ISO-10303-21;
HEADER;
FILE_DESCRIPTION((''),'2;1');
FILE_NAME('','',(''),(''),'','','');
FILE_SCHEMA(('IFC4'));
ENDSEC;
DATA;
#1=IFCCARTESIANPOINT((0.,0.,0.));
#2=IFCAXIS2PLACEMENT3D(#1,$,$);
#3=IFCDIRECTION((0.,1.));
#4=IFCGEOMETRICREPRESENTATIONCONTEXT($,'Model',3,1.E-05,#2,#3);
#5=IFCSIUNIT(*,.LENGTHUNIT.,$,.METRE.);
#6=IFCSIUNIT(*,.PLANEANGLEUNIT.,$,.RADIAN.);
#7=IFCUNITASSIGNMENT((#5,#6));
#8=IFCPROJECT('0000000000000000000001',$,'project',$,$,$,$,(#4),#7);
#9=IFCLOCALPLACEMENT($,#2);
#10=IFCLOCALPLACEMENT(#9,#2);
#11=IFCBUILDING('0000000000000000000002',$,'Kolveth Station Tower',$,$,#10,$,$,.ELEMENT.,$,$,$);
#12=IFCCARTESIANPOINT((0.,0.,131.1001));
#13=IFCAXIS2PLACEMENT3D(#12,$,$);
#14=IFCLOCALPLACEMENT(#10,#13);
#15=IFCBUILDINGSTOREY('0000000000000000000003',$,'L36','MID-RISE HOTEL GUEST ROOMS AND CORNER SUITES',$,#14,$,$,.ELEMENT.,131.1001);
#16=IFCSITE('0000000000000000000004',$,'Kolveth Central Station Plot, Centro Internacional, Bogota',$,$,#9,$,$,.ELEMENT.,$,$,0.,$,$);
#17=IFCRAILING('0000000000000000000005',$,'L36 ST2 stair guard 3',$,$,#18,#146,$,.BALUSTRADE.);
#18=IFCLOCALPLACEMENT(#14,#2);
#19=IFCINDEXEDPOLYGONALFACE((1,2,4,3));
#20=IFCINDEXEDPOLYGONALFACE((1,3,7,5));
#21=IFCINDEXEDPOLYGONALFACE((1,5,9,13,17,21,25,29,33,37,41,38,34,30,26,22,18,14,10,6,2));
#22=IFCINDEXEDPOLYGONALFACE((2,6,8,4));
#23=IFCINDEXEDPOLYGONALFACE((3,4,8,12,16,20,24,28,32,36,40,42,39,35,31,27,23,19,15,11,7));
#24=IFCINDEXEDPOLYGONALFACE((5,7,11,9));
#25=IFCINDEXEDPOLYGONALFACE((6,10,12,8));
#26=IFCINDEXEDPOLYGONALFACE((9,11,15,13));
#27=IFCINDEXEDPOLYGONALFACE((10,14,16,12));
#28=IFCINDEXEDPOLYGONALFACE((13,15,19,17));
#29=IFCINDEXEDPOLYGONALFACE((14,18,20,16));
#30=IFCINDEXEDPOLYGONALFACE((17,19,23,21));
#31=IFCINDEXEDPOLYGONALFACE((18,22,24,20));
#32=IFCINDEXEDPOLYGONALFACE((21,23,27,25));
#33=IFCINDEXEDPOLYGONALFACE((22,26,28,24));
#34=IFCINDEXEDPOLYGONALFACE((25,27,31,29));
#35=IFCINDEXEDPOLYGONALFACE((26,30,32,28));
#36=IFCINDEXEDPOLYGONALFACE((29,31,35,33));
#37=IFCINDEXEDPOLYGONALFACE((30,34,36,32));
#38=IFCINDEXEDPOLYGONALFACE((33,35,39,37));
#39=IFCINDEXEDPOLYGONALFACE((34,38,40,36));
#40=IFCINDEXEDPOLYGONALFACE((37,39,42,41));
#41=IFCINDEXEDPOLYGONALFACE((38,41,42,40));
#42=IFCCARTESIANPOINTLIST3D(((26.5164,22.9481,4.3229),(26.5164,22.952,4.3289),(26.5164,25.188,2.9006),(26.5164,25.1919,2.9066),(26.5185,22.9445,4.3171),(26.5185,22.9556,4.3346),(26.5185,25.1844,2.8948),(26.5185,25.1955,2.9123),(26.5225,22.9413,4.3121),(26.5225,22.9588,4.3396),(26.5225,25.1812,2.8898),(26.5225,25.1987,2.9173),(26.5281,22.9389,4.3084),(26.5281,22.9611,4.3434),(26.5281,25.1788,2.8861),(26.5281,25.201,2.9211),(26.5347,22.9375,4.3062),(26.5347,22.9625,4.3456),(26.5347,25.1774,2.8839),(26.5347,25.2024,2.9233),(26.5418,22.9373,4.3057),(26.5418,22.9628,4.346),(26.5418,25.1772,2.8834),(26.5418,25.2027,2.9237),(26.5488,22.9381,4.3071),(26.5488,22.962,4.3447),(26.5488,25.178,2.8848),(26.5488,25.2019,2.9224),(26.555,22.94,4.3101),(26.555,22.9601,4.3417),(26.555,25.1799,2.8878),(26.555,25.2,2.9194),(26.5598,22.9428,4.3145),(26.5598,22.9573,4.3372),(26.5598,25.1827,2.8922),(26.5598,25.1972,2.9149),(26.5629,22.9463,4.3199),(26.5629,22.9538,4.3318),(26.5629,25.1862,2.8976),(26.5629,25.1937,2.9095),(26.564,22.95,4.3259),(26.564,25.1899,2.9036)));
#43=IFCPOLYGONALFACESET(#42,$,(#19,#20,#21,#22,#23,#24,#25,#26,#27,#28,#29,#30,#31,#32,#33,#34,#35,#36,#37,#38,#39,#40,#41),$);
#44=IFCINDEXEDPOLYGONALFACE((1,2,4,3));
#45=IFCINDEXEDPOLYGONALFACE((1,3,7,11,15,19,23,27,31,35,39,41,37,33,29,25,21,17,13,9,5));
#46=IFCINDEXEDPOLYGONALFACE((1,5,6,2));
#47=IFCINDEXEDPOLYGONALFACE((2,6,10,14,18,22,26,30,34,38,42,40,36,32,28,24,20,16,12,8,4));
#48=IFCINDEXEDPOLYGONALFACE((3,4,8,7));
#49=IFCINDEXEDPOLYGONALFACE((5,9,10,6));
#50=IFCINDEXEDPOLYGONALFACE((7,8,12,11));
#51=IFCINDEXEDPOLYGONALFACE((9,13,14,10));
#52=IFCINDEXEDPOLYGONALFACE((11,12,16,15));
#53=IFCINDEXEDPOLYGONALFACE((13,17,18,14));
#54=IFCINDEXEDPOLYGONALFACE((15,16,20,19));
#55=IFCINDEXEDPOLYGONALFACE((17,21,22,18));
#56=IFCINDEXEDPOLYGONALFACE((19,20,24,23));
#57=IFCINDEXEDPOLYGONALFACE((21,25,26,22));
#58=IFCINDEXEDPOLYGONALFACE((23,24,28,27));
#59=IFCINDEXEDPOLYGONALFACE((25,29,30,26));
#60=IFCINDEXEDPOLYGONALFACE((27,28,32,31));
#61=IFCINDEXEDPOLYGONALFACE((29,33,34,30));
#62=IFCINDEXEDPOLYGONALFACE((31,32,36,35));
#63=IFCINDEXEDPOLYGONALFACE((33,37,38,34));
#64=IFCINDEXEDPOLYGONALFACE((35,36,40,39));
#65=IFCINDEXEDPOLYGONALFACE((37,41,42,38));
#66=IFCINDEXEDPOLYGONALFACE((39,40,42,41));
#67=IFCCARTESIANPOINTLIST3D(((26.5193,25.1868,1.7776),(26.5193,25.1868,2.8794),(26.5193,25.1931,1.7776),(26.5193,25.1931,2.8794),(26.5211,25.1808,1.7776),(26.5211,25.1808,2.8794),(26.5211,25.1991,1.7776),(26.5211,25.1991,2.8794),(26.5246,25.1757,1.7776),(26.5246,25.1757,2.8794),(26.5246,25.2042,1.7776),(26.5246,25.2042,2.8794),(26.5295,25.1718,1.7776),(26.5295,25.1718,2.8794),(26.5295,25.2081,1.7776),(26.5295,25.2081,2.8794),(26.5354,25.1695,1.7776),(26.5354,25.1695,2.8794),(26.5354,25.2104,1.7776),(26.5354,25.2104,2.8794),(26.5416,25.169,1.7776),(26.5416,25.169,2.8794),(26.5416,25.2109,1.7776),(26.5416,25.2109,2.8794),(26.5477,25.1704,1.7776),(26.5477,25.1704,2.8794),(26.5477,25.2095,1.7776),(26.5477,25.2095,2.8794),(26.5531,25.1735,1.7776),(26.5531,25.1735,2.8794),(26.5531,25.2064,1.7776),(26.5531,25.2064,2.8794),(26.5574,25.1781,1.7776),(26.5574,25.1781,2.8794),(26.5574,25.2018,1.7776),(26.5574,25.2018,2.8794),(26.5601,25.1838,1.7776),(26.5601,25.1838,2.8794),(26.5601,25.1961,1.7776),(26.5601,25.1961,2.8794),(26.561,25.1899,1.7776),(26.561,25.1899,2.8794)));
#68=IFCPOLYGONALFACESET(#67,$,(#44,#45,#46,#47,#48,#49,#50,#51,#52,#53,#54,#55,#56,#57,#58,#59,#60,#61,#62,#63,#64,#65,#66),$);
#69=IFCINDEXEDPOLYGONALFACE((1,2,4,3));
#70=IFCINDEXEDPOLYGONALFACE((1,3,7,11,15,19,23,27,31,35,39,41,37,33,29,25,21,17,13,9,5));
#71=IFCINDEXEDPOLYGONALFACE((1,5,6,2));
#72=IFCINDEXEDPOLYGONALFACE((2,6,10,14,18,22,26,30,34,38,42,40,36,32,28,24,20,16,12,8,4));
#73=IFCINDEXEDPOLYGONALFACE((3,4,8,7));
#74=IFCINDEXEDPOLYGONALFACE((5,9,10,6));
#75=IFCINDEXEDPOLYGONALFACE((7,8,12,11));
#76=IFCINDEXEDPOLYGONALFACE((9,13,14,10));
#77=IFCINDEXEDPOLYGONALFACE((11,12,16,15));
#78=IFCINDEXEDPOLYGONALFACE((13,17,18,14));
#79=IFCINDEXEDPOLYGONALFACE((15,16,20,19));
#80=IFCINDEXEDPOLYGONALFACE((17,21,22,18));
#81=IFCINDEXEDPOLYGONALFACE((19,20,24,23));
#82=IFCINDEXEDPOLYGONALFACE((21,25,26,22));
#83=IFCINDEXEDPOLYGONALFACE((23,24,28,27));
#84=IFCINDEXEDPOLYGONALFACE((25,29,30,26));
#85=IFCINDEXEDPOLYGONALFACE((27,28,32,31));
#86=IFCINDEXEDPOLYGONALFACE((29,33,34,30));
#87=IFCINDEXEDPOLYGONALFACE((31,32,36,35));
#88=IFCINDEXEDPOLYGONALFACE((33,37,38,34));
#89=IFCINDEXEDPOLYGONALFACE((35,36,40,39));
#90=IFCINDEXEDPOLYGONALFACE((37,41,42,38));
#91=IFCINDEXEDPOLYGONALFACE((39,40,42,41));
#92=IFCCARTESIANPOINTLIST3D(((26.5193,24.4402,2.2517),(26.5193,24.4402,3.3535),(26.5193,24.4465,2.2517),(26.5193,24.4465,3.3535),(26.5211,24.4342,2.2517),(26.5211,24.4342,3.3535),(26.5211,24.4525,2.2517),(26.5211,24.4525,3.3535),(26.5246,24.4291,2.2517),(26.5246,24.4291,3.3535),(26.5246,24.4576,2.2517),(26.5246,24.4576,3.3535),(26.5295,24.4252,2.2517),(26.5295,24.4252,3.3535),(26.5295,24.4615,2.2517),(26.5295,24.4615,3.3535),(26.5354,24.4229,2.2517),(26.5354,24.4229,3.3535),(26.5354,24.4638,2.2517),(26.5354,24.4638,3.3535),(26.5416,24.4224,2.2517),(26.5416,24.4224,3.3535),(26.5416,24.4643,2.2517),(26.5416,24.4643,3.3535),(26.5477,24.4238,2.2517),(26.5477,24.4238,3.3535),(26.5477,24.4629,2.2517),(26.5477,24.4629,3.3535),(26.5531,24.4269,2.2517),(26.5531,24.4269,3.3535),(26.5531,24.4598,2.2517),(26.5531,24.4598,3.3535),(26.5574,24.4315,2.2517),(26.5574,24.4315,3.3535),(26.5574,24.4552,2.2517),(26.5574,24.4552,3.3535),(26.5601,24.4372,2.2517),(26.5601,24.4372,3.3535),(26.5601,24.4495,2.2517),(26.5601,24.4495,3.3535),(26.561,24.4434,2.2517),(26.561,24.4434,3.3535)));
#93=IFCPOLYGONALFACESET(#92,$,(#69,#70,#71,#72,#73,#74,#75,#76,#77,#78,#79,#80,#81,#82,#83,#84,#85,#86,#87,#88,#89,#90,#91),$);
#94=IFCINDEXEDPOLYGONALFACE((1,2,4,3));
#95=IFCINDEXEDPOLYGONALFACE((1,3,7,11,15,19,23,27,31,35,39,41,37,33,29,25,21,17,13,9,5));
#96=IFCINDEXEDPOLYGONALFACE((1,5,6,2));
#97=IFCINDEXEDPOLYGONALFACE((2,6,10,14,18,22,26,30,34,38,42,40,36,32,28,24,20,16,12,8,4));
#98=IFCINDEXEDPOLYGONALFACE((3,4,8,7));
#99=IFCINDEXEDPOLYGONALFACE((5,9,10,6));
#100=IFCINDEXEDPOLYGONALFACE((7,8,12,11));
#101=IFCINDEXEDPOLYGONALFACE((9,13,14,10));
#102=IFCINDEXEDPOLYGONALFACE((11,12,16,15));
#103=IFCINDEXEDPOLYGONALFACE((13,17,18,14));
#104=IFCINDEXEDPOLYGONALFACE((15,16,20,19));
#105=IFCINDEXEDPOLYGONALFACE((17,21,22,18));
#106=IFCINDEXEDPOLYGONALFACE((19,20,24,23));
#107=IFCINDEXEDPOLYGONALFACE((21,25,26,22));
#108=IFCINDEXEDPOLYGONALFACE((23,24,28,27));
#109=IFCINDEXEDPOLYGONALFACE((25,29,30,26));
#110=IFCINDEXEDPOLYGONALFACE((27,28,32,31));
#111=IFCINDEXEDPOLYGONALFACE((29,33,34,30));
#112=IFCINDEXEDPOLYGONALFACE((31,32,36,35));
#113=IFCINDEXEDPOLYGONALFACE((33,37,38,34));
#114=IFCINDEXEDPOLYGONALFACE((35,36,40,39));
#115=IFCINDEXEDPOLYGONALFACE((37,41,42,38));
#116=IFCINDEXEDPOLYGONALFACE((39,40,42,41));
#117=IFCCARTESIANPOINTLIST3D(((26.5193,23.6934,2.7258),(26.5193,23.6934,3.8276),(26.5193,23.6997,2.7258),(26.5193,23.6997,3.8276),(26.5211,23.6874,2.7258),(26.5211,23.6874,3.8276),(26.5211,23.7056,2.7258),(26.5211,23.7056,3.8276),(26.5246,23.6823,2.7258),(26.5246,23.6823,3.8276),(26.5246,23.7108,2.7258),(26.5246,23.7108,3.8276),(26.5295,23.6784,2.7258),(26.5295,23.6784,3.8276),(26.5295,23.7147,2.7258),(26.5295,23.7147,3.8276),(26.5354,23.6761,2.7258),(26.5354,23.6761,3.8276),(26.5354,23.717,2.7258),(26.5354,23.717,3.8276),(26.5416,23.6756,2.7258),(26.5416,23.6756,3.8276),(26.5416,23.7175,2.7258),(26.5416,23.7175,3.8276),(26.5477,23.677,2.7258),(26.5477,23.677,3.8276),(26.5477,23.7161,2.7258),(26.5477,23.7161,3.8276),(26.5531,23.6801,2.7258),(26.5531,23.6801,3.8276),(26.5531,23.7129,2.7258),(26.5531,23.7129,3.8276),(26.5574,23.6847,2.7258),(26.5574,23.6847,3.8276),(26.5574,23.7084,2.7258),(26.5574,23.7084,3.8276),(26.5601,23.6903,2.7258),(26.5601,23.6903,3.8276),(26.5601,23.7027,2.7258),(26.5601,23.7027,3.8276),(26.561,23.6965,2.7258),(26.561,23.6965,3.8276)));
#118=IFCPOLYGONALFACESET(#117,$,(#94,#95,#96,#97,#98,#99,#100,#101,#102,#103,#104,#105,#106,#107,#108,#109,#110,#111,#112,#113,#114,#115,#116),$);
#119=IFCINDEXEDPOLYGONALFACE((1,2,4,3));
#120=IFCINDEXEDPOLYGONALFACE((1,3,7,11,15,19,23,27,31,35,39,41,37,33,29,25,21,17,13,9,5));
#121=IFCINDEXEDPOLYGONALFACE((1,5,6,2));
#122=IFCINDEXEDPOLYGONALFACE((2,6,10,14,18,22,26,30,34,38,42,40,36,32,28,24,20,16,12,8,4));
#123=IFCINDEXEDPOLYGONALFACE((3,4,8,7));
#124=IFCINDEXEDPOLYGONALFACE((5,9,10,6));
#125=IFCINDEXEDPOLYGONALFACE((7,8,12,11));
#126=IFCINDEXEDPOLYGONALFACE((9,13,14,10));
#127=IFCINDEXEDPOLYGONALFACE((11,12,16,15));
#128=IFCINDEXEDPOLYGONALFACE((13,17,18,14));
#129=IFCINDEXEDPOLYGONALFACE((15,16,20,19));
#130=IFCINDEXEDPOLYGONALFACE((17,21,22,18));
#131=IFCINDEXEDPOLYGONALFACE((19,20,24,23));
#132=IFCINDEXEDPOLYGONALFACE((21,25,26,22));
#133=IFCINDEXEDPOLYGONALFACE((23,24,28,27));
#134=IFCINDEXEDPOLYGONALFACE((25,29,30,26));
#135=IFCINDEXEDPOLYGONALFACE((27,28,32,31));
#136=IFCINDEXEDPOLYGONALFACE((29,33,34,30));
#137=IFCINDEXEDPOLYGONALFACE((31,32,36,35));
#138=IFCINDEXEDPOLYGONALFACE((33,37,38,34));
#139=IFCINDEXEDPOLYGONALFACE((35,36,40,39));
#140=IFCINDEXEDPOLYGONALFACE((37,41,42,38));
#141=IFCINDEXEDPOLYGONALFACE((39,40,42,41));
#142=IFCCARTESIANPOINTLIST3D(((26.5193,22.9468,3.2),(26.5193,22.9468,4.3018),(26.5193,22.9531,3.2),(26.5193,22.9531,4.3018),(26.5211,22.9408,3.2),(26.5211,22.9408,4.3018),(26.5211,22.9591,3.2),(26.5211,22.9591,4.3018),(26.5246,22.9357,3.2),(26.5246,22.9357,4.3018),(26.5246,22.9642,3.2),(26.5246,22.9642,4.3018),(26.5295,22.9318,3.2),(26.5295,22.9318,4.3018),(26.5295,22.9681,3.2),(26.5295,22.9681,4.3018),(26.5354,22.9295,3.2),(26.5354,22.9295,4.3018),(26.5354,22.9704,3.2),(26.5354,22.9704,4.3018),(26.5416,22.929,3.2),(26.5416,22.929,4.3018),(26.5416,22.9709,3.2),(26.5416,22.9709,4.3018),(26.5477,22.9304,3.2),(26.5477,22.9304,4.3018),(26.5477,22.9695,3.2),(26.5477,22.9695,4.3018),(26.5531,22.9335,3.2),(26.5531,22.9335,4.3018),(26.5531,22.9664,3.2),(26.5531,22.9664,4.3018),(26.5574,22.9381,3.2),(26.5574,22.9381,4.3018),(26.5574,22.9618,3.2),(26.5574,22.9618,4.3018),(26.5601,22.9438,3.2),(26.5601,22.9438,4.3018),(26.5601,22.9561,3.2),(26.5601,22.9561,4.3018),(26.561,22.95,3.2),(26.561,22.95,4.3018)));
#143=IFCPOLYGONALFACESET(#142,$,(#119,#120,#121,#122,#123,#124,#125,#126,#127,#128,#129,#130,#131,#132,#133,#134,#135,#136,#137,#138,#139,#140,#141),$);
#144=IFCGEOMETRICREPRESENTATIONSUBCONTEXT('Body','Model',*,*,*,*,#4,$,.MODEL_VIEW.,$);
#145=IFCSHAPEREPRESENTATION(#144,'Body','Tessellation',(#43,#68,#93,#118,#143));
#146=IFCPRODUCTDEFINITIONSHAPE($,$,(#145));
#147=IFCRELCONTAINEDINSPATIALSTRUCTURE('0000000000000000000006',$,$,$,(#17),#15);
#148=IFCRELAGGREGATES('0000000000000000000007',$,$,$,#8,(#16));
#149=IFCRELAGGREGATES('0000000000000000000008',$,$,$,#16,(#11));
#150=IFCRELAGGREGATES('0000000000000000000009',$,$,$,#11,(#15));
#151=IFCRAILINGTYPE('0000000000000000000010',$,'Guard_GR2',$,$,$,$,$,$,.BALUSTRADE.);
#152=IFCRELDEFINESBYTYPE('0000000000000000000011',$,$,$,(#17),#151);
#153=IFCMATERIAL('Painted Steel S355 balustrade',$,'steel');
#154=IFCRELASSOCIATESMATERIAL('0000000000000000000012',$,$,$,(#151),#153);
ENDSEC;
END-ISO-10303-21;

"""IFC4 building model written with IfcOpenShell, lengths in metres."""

from ifc_helpers import new_model, si_unit, direction, frame, origin, origin_2d, place, context, subcontext, project, spatial, circle, extrude, material, type_object, element, save


model = new_model("IFC4")

# Units and contexts
model_context = context("Model", 3, precision=1e-05, world=origin(), true_north=direction((0.0, 1.0)))
body_context = subcontext(model_context, "Body", "Model", "MODEL_VIEW")
ifc_project = project(units=[si_unit("LENGTHUNIT", "METRE"), si_unit("PLANEANGLEUNIT", "RADIAN")], contexts=[model_context])

# Site, building, storey
site_placement = place(None, origin())
site = spatial("IfcSite", under=ifc_project, at=site_placement, Name="Kolveth Central Station Plot, Centro Internacional, Bogota", CompositionType="ELEMENT", RefElevation=0.0)
building_placement = place(site_placement, origin())
building = spatial("IfcBuilding", under=site, at=building_placement, Name="Kolveth Station Tower", CompositionType="ELEMENT")
storey_placement = place(building_placement, frame((0.0, 0.0, 131.1001)))
storey = spatial("IfcBuildingStorey", under=building, at=storey_placement, Name="L36", Description="MID-RISE HOTEL GUEST ROOMS AND CORNER SUITES", CompositionType="ELEMENT", Elevation=131.1001)

# Railing
ifc_material_1 = material(Name="Painted Steel S355 balustrade", Category="steel")
railing_type_1 = type_object("IfcRailingType", Name="Guard_GR2", PredefinedType="BALUSTRADE", material=ifc_material_1)
railing_1_placement = place(storey_placement, frame((26.54, 25.1899, 1.7776)))
element("IfcRailing", 1, at=railing_1_placement, inside=storey, type_object=railing_type_1, Name="L36 ST2 stair guard 3", PredefinedType="BALUSTRADE", context=body_context, shape_type="SweptSolid", body=[
    extrude(circle(Radius=0.0239, at=origin_2d()), frame((0.0, 0.0, 1.126), z_axis=(0.0, -0.844188, 0.536048), x_axis=(1.0, 0.0, 0.0)), (0.0, 0.0, 1.0), 2.6533),
    extrude(circle(Radius=0.021, at=origin_2d()), origin(), (0.0, 0.0, 1.0), 1.1018),
    extrude(circle(Radius=0.021, at=origin_2d()), frame((0.0, -0.7466, 0.4741)), (0.0, 0.0, 1.0), 1.1018),
    extrude(circle(Radius=0.021, at=origin_2d()), frame((0.0, -1.4934, 0.9482)), (0.0, 0.0, 1.0), 1.1018),
    extrude(circle(Radius=0.021, at=origin_2d()), frame((0.0, -2.24, 1.4224)), (0.0, 0.0, 1.0), 1.1018),
])

save(model, "model.ifc")
